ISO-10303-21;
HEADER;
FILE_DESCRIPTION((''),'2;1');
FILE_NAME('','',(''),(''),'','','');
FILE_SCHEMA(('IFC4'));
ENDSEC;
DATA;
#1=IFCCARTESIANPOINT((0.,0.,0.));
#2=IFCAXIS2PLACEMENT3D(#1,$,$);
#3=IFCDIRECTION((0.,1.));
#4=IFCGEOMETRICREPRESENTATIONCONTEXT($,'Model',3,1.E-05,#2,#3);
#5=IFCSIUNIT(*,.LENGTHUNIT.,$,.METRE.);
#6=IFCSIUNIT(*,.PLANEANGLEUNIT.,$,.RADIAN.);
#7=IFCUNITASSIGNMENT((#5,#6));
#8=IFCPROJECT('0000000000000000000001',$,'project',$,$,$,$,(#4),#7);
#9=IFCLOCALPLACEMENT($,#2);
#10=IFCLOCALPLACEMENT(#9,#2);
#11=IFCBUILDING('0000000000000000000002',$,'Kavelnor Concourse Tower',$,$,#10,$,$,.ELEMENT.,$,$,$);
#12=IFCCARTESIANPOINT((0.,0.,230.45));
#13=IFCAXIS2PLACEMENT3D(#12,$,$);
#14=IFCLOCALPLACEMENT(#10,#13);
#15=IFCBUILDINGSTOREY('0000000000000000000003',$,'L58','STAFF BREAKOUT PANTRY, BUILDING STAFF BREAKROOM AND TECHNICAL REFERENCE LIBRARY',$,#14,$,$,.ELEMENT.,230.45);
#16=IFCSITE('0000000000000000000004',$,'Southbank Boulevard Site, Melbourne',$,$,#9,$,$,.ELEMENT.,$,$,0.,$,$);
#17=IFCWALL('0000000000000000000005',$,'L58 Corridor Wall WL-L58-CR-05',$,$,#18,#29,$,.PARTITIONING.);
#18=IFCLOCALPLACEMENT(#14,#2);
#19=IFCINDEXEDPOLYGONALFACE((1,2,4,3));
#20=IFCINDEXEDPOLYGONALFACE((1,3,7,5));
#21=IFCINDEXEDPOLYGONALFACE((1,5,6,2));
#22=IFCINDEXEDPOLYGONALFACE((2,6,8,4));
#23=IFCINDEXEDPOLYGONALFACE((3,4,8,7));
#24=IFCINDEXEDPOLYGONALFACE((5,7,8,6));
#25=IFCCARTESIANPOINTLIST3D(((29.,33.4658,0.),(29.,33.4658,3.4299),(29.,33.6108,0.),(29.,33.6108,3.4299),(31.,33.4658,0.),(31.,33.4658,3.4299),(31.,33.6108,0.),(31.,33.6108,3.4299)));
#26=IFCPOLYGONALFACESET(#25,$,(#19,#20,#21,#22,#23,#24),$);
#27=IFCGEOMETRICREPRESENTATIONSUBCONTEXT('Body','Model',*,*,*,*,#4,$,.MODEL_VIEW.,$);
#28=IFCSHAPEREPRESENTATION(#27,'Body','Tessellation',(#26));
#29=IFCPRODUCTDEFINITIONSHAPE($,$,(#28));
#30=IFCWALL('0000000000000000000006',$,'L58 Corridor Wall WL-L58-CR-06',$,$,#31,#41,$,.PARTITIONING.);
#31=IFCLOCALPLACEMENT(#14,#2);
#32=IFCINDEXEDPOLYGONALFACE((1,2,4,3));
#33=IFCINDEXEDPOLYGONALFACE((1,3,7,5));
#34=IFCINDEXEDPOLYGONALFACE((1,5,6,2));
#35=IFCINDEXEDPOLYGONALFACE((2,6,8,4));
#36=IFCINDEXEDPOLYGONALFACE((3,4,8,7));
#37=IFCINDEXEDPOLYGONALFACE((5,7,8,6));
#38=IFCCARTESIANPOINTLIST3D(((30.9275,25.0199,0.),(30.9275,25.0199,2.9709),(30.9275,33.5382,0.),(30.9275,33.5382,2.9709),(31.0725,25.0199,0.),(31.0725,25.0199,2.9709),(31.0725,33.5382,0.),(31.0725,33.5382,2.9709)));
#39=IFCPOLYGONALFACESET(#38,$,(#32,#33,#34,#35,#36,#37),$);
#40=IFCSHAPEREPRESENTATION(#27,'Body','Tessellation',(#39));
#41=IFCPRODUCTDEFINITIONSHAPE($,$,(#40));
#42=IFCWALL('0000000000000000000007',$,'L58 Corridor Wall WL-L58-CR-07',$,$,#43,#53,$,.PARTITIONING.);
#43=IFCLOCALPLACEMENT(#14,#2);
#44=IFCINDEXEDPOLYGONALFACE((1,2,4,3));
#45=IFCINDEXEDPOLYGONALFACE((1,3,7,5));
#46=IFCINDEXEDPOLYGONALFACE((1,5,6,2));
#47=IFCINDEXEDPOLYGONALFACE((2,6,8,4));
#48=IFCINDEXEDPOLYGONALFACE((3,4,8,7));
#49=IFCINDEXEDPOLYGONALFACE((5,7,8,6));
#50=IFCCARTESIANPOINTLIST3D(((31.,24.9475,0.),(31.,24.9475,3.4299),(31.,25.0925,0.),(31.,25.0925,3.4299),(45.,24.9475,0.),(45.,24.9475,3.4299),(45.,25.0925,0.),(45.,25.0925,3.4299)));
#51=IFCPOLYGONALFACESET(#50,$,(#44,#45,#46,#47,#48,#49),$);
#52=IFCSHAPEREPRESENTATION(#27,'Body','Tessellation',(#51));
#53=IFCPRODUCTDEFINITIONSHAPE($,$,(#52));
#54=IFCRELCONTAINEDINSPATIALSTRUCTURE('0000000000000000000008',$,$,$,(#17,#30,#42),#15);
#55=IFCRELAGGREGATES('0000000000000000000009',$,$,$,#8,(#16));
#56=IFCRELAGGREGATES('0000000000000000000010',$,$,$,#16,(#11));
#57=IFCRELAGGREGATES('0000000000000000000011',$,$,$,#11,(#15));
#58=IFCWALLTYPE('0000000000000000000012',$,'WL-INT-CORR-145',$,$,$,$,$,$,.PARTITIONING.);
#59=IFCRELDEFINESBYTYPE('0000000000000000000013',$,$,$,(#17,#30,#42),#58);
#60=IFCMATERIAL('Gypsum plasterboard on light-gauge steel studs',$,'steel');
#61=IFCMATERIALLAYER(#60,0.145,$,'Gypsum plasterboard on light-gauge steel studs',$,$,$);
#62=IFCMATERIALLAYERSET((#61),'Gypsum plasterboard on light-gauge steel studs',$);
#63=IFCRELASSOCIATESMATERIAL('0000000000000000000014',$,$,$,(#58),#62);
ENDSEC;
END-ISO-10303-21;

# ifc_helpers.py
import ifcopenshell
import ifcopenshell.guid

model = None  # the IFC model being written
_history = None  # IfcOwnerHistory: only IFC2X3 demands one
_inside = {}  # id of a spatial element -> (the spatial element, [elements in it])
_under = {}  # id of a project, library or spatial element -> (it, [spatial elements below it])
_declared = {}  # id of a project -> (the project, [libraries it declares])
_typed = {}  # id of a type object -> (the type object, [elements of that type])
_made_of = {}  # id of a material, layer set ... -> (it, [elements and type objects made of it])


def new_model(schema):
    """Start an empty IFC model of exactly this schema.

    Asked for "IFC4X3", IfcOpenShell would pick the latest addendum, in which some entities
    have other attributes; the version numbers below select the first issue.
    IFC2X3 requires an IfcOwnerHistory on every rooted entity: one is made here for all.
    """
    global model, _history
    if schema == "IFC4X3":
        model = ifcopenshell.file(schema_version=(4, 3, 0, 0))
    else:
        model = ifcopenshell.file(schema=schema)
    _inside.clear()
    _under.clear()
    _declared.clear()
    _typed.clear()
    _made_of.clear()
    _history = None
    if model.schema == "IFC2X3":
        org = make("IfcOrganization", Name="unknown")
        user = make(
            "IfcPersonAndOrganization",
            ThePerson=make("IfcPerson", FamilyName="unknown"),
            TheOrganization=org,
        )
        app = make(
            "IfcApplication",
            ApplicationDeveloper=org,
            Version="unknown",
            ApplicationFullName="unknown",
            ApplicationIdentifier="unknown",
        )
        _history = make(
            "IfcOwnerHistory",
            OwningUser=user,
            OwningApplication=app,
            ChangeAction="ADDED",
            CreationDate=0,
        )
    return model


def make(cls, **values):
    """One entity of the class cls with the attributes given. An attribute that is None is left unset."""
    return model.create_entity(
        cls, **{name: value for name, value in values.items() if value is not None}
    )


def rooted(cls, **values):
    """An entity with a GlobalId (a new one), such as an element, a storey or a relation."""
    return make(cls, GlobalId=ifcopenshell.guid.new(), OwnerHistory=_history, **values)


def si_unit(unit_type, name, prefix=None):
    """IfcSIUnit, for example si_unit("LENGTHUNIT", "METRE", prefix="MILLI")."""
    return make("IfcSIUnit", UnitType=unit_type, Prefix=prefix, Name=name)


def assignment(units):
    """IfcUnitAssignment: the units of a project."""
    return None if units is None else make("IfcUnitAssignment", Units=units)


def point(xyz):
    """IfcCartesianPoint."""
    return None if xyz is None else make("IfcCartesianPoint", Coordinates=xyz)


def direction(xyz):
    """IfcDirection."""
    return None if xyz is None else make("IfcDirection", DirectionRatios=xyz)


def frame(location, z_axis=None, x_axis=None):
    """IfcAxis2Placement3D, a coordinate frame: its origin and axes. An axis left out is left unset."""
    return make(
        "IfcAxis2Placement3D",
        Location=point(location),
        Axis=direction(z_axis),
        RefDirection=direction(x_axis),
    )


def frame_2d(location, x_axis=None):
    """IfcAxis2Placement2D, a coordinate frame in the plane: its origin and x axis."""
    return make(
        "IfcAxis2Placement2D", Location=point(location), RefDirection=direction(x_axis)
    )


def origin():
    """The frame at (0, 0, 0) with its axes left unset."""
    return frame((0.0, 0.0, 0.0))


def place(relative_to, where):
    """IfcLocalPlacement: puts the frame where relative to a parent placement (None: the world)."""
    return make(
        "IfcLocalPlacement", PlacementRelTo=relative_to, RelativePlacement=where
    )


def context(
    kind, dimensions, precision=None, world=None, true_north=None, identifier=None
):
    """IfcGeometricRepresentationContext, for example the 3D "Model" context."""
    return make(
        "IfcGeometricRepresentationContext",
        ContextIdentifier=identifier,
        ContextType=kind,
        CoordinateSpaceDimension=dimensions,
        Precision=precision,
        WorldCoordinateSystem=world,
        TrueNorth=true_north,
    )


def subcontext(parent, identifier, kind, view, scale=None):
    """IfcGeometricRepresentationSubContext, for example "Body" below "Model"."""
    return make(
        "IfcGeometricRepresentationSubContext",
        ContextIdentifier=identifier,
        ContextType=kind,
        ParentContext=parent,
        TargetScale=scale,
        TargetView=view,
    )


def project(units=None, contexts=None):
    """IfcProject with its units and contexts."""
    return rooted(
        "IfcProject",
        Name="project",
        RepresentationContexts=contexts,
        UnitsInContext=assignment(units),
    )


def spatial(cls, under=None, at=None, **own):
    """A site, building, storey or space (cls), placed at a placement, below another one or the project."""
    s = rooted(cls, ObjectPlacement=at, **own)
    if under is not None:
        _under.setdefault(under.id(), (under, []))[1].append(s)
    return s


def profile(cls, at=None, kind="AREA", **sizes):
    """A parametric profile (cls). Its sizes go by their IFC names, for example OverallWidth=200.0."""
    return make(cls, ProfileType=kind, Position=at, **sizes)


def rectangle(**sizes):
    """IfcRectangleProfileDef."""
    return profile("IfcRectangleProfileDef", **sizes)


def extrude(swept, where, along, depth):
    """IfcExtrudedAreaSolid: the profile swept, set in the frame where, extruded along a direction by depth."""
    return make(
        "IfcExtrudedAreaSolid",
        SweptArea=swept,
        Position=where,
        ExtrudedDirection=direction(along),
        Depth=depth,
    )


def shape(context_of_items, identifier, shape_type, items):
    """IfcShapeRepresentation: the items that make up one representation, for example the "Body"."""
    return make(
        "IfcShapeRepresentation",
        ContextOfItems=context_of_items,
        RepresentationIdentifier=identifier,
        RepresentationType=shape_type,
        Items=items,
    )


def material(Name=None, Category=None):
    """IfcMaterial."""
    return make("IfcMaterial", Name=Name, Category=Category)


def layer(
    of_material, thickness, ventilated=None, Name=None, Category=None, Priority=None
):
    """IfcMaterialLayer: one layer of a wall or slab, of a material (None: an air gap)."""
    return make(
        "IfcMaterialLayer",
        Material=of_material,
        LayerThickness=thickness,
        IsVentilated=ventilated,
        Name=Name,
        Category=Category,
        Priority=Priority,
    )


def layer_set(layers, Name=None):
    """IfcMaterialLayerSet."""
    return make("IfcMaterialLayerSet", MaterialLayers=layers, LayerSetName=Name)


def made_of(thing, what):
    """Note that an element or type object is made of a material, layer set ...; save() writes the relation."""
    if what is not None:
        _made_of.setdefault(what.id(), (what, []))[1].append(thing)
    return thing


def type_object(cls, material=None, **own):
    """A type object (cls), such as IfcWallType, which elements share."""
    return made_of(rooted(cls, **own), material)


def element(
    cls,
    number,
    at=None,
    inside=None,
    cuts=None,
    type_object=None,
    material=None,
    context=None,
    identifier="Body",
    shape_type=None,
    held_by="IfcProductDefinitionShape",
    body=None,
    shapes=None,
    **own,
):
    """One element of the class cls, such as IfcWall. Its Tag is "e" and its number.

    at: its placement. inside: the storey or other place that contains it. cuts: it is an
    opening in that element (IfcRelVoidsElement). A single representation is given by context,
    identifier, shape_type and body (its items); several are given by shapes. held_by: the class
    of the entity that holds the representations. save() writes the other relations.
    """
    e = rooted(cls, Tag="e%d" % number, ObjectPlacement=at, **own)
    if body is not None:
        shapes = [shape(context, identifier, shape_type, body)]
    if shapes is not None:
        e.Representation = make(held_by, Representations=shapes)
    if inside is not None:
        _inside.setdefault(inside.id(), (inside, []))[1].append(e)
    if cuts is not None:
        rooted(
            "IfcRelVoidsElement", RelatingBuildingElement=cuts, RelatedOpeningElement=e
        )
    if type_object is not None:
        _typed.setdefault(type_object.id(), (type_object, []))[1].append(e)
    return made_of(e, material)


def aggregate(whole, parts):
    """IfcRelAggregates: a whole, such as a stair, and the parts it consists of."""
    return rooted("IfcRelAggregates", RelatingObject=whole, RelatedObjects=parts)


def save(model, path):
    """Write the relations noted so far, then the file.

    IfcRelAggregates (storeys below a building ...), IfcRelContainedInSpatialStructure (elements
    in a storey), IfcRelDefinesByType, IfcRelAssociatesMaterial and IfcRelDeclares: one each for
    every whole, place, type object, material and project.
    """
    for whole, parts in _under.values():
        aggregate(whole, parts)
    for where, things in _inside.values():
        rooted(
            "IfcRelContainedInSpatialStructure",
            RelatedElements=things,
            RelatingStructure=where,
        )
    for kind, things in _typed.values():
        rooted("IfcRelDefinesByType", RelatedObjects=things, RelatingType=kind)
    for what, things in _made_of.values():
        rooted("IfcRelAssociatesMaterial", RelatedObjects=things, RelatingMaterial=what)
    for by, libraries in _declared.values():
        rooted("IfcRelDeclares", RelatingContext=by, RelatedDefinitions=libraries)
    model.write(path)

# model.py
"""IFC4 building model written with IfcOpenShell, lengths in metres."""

from ifc_helpers import new_model, si_unit, direction, frame, frame_2d, origin, place, context, subcontext, project, spatial, rectangle, extrude, material, layer, layer_set, type_object, element, save


model = new_model("IFC4")

# Units and contexts
model_context = context("Model", 3, precision=1e-05, world=origin(), true_north=direction((0.0, 1.0)))
body_context = subcontext(model_context, "Body", "Model", "MODEL_VIEW")
ifc_project = project(units=[si_unit("LENGTHUNIT", "METRE"), si_unit("PLANEANGLEUNIT", "RADIAN")], contexts=[model_context])

# Site, building, storey
site_placement = place(None, origin())
site = spatial("IfcSite", under=ifc_project, at=site_placement, Name="Southbank Boulevard Site, Melbourne", CompositionType="ELEMENT", RefElevation=0.0)
building_placement = place(site_placement, origin())
building = spatial("IfcBuilding", under=site, at=building_placement, Name="Kavelnor Concourse Tower", CompositionType="ELEMENT")
storey_placement = place(building_placement, frame((0.0, 0.0, 230.45)))
storey = spatial("IfcBuildingStorey", under=building, at=storey_placement, Name="L58", Description="STAFF BREAKOUT PANTRY, BUILDING STAFF BREAKROOM AND TECHNICAL REFERENCE LIBRARY", CompositionType="ELEMENT", Elevation=230.45)

# Shared definitions
ifc_material_1 = material(Name="Gypsum plasterboard on light-gauge steel studs", Category="steel")
ifc_layer_1 = layer(ifc_material_1, 0.145, Name="Gypsum plasterboard on light-gauge steel studs")
ifc_layer_set_1 = layer_set([ifc_layer_1], Name="Gypsum plasterboard on light-gauge steel studs")
wall_type_1 = type_object("IfcWallType", Name="WL-INT-CORR-145", PredefinedType="PARTITIONING", material=ifc_layer_set_1)

# Walls
wall_1_placement = place(storey_placement, frame((29.0, 33.5383, 0.0), z_axis=(0.0, 0.0, 1.0), x_axis=(1.0, 0.0, 0.0)))
element("IfcWall", 1, at=wall_1_placement, inside=storey, type_object=wall_type_1, Name="L58 Corridor Wall WL-L58-CR-05", PredefinedType="PARTITIONING", context=body_context, shape_type="SweptSolid", body=[
    extrude(rectangle(XDim=2.0, YDim=0.145, at=frame_2d((1.0, 0.0))), origin(), (0.0, 0.0, 1.0), 3.4299),
])
wall_2_placement = place(storey_placement, frame((31.0, 33.5383, 0.0), z_axis=(0.0, 0.0, 1.0), x_axis=(0.0, -1.0, 0.0)))
element("IfcWall", 2, at=wall_2_placement, inside=storey, type_object=wall_type_1, Name="L58 Corridor Wall WL-L58-CR-06", PredefinedType="PARTITIONING", context=body_context, shape_type="SweptSolid", body=[
    extrude(rectangle(XDim=8.5183, YDim=0.145, at=frame_2d((4.2593, 0.0))), origin(), (0.0, 0.0, 1.0), 2.9709),
])
wall_3_placement = place(storey_placement, frame((31.0, 25.02, 0.0), z_axis=(0.0, 0.0, 1.0), x_axis=(1.0, 0.0, 0.0)))
element("IfcWall", 3, at=wall_3_placement, inside=storey, type_object=wall_type_1, Name="L58 Corridor Wall WL-L58-CR-07", PredefinedType="PARTITIONING", context=body_context, shape_type="SweptSolid", body=[
    extrude(rectangle(XDim=14.0, YDim=0.145, at=frame_2d((7.0, 0.0))), origin(), (0.0, 0.0, 1.0), 3.4299),
])

save(model, "model.ifc")
